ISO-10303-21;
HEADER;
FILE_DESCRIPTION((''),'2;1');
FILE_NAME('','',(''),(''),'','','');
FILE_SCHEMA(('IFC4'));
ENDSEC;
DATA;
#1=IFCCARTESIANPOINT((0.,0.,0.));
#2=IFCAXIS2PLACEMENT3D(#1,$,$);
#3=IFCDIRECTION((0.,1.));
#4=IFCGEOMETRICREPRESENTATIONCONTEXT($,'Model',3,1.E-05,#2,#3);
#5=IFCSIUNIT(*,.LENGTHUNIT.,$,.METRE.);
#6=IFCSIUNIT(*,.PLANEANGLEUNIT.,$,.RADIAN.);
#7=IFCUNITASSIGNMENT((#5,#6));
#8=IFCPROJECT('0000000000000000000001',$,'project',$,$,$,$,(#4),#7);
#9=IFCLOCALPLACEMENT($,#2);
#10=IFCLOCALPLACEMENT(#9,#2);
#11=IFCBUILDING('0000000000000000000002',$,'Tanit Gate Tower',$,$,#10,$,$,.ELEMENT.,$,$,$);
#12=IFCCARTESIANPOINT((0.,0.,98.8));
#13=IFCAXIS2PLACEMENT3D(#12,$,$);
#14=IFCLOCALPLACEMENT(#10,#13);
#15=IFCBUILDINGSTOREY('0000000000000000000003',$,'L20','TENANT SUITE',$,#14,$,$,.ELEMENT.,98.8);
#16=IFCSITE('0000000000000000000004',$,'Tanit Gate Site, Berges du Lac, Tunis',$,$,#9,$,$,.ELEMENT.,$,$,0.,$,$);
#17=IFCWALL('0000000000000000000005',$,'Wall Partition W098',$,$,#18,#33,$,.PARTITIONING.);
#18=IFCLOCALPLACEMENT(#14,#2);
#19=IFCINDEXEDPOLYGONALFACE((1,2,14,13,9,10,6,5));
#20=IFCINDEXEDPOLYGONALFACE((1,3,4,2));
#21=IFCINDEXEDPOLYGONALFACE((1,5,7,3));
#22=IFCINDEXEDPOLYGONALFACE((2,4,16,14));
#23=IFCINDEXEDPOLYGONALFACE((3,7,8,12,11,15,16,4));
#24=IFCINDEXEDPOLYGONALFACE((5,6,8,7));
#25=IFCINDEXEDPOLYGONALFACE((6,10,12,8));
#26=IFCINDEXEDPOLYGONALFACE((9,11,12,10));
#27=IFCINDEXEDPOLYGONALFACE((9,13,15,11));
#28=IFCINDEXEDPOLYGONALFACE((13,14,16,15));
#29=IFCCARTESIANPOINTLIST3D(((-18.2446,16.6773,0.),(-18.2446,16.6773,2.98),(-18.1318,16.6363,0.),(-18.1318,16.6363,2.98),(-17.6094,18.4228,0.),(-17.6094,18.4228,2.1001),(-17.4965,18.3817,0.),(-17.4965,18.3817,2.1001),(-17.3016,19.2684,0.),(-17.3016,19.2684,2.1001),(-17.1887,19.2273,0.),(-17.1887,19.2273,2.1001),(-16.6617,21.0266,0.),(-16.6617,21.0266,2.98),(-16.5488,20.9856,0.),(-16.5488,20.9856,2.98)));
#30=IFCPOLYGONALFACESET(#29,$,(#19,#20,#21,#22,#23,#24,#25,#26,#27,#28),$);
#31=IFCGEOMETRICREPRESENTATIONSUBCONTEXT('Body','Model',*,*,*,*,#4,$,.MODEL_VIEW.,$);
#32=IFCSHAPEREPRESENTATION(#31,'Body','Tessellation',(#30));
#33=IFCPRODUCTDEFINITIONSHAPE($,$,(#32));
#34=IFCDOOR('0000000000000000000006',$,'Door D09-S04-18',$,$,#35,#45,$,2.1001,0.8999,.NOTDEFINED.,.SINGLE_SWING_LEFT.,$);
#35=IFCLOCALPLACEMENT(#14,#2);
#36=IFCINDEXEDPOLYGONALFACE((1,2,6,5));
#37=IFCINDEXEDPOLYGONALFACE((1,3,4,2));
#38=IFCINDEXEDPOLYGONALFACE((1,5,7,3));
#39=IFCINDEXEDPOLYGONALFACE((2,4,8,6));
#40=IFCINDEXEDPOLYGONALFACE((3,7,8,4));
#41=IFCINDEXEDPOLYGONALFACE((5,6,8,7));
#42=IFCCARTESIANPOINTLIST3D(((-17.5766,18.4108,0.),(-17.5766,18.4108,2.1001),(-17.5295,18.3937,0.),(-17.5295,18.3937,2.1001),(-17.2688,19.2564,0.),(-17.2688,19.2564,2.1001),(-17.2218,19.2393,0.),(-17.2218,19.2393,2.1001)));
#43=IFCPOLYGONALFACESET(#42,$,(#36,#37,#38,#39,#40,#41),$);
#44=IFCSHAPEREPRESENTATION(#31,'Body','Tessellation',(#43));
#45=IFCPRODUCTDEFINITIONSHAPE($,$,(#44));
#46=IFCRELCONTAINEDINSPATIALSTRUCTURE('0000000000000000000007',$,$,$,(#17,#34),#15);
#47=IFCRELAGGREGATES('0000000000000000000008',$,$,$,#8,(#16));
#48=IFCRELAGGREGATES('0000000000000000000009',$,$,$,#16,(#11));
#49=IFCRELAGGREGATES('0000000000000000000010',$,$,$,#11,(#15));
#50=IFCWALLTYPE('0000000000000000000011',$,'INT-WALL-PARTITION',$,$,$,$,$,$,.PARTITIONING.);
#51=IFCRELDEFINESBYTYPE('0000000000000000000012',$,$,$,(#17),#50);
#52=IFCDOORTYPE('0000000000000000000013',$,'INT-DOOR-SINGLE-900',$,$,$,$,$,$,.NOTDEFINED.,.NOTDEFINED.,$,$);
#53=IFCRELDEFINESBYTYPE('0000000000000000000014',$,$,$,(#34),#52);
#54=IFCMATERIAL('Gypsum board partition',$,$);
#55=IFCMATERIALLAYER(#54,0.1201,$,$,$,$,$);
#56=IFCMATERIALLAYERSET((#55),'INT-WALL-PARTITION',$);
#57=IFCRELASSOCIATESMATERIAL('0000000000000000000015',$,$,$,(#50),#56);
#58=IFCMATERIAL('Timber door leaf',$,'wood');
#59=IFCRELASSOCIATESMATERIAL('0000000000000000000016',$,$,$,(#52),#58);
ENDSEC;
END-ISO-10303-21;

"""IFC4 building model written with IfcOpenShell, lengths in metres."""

from ifc_helpers import new_model, si_unit, direction, frame, frame_2d, origin, place, context, subcontext, project, spatial, rectangle, extrude, material, layer, layer_set, type_object, element, fill, save


model = new_model("IFC4")

# Units and contexts
model_context = context("Model", 3, precision=1e-05, world=origin(), true_north=direction((0.0, 1.0)))
body_context = subcontext(model_context, "Body", "Model", "MODEL_VIEW")
ifc_project = project(units=[si_unit("LENGTHUNIT", "METRE"), si_unit("PLANEANGLEUNIT", "RADIAN")], contexts=[model_context])

# Site, building, storey
site_placement = place(None, origin())
site = spatial("IfcSite", under=ifc_project, at=site_placement, Name="Tanit Gate Site, Berges du Lac, Tunis", CompositionType="ELEMENT", RefElevation=0.0)
building_placement = place(site_placement, origin())
building = spatial("IfcBuilding", under=site, at=building_placement, Name="Tanit Gate Tower", CompositionType="ELEMENT")
storey_placement = place(building_placement, frame((0.0, 0.0, 98.8)))
storey = spatial("IfcBuildingStorey", under=building, at=storey_placement, Name="L20", Description="TENANT SUITE", CompositionType="ELEMENT", Elevation=98.8)

# Shared definitions
ifc_material_1 = material(Name="Gypsum board partition")
ifc_layer_1 = layer(ifc_material_1, 0.1201)
ifc_layer_set_1 = layer_set([ifc_layer_1], Name="INT-WALL-PARTITION")
wall_type_1 = type_object("IfcWallType", Name="INT-WALL-PARTITION", PredefinedType="PARTITIONING", material=ifc_layer_set_1)

# Wall, opening, door
wall_1_placement = place(storey_placement, frame((-16.6052, 21.0061, 0.0), z_axis=(0.0, 0.0, 1.0), x_axis=(-0.342014, -0.939695, 0.0)))
wall_1 = element("IfcWall", 1, at=wall_1_placement, inside=storey, type_object=wall_type_1, Name="Wall Partition W098", PredefinedType="PARTITIONING", context=body_context, shape_type="SweptSolid", body=[
    extrude(rectangle(XDim=4.6284, YDim=0.1201, at=frame_2d((2.3142, 0.0))), origin(), (0.0, 0.0, 1.0), 2.98),
])
opening_1_placement = place(wall_1_placement, frame((1.8711, 0.0, 0.0)))
opening_1 = element("IfcOpeningElement", 2, at=opening_1_placement, cuts=wall_1, PredefinedType="OPENING", context=body_context, shape_type="SweptSolid", body=[
    extrude(rectangle(XDim=0.8999, YDim=2.1001, at=frame_2d((0.45, 1.05))), frame((0.0, 0.0701, 0.0), z_axis=(0.0, -1.0, 0.0), x_axis=(1.0, 0.0, 0.0)), (0.0, 0.0, 1.0), 0.1401),
])
ifc_material_2 = material(Name="Timber door leaf", Category="wood")
door_type_1 = type_object("IfcDoorType", Name="INT-DOOR-SINGLE-900", OperationType="NOTDEFINED", PredefinedType="NOTDEFINED", material=ifc_material_2)
door_1_placement = place(opening_1_placement, origin())
door_1 = element("IfcDoor", 3, at=door_1_placement, inside=storey, type_object=door_type_1, Name="Door D09-S04-18", OperationType="SINGLE_SWING_LEFT", OverallHeight=2.1001, OverallWidth=0.8999, PredefinedType="NOTDEFINED", context=body_context, shape_type="SweptSolid", body=[
    extrude(rectangle(XDim=0.8999, YDim=2.1001, at=frame_2d((0.45, 1.05))), frame((0.0, 0.0249, 0.0), z_axis=(0.0, -1.0, 0.0), x_axis=(1.0, 0.0, 0.0)), (0.0, 0.0, 1.0), 0.05),
])
fill(opening_1, door_1)

save(model, "model.ifc")
